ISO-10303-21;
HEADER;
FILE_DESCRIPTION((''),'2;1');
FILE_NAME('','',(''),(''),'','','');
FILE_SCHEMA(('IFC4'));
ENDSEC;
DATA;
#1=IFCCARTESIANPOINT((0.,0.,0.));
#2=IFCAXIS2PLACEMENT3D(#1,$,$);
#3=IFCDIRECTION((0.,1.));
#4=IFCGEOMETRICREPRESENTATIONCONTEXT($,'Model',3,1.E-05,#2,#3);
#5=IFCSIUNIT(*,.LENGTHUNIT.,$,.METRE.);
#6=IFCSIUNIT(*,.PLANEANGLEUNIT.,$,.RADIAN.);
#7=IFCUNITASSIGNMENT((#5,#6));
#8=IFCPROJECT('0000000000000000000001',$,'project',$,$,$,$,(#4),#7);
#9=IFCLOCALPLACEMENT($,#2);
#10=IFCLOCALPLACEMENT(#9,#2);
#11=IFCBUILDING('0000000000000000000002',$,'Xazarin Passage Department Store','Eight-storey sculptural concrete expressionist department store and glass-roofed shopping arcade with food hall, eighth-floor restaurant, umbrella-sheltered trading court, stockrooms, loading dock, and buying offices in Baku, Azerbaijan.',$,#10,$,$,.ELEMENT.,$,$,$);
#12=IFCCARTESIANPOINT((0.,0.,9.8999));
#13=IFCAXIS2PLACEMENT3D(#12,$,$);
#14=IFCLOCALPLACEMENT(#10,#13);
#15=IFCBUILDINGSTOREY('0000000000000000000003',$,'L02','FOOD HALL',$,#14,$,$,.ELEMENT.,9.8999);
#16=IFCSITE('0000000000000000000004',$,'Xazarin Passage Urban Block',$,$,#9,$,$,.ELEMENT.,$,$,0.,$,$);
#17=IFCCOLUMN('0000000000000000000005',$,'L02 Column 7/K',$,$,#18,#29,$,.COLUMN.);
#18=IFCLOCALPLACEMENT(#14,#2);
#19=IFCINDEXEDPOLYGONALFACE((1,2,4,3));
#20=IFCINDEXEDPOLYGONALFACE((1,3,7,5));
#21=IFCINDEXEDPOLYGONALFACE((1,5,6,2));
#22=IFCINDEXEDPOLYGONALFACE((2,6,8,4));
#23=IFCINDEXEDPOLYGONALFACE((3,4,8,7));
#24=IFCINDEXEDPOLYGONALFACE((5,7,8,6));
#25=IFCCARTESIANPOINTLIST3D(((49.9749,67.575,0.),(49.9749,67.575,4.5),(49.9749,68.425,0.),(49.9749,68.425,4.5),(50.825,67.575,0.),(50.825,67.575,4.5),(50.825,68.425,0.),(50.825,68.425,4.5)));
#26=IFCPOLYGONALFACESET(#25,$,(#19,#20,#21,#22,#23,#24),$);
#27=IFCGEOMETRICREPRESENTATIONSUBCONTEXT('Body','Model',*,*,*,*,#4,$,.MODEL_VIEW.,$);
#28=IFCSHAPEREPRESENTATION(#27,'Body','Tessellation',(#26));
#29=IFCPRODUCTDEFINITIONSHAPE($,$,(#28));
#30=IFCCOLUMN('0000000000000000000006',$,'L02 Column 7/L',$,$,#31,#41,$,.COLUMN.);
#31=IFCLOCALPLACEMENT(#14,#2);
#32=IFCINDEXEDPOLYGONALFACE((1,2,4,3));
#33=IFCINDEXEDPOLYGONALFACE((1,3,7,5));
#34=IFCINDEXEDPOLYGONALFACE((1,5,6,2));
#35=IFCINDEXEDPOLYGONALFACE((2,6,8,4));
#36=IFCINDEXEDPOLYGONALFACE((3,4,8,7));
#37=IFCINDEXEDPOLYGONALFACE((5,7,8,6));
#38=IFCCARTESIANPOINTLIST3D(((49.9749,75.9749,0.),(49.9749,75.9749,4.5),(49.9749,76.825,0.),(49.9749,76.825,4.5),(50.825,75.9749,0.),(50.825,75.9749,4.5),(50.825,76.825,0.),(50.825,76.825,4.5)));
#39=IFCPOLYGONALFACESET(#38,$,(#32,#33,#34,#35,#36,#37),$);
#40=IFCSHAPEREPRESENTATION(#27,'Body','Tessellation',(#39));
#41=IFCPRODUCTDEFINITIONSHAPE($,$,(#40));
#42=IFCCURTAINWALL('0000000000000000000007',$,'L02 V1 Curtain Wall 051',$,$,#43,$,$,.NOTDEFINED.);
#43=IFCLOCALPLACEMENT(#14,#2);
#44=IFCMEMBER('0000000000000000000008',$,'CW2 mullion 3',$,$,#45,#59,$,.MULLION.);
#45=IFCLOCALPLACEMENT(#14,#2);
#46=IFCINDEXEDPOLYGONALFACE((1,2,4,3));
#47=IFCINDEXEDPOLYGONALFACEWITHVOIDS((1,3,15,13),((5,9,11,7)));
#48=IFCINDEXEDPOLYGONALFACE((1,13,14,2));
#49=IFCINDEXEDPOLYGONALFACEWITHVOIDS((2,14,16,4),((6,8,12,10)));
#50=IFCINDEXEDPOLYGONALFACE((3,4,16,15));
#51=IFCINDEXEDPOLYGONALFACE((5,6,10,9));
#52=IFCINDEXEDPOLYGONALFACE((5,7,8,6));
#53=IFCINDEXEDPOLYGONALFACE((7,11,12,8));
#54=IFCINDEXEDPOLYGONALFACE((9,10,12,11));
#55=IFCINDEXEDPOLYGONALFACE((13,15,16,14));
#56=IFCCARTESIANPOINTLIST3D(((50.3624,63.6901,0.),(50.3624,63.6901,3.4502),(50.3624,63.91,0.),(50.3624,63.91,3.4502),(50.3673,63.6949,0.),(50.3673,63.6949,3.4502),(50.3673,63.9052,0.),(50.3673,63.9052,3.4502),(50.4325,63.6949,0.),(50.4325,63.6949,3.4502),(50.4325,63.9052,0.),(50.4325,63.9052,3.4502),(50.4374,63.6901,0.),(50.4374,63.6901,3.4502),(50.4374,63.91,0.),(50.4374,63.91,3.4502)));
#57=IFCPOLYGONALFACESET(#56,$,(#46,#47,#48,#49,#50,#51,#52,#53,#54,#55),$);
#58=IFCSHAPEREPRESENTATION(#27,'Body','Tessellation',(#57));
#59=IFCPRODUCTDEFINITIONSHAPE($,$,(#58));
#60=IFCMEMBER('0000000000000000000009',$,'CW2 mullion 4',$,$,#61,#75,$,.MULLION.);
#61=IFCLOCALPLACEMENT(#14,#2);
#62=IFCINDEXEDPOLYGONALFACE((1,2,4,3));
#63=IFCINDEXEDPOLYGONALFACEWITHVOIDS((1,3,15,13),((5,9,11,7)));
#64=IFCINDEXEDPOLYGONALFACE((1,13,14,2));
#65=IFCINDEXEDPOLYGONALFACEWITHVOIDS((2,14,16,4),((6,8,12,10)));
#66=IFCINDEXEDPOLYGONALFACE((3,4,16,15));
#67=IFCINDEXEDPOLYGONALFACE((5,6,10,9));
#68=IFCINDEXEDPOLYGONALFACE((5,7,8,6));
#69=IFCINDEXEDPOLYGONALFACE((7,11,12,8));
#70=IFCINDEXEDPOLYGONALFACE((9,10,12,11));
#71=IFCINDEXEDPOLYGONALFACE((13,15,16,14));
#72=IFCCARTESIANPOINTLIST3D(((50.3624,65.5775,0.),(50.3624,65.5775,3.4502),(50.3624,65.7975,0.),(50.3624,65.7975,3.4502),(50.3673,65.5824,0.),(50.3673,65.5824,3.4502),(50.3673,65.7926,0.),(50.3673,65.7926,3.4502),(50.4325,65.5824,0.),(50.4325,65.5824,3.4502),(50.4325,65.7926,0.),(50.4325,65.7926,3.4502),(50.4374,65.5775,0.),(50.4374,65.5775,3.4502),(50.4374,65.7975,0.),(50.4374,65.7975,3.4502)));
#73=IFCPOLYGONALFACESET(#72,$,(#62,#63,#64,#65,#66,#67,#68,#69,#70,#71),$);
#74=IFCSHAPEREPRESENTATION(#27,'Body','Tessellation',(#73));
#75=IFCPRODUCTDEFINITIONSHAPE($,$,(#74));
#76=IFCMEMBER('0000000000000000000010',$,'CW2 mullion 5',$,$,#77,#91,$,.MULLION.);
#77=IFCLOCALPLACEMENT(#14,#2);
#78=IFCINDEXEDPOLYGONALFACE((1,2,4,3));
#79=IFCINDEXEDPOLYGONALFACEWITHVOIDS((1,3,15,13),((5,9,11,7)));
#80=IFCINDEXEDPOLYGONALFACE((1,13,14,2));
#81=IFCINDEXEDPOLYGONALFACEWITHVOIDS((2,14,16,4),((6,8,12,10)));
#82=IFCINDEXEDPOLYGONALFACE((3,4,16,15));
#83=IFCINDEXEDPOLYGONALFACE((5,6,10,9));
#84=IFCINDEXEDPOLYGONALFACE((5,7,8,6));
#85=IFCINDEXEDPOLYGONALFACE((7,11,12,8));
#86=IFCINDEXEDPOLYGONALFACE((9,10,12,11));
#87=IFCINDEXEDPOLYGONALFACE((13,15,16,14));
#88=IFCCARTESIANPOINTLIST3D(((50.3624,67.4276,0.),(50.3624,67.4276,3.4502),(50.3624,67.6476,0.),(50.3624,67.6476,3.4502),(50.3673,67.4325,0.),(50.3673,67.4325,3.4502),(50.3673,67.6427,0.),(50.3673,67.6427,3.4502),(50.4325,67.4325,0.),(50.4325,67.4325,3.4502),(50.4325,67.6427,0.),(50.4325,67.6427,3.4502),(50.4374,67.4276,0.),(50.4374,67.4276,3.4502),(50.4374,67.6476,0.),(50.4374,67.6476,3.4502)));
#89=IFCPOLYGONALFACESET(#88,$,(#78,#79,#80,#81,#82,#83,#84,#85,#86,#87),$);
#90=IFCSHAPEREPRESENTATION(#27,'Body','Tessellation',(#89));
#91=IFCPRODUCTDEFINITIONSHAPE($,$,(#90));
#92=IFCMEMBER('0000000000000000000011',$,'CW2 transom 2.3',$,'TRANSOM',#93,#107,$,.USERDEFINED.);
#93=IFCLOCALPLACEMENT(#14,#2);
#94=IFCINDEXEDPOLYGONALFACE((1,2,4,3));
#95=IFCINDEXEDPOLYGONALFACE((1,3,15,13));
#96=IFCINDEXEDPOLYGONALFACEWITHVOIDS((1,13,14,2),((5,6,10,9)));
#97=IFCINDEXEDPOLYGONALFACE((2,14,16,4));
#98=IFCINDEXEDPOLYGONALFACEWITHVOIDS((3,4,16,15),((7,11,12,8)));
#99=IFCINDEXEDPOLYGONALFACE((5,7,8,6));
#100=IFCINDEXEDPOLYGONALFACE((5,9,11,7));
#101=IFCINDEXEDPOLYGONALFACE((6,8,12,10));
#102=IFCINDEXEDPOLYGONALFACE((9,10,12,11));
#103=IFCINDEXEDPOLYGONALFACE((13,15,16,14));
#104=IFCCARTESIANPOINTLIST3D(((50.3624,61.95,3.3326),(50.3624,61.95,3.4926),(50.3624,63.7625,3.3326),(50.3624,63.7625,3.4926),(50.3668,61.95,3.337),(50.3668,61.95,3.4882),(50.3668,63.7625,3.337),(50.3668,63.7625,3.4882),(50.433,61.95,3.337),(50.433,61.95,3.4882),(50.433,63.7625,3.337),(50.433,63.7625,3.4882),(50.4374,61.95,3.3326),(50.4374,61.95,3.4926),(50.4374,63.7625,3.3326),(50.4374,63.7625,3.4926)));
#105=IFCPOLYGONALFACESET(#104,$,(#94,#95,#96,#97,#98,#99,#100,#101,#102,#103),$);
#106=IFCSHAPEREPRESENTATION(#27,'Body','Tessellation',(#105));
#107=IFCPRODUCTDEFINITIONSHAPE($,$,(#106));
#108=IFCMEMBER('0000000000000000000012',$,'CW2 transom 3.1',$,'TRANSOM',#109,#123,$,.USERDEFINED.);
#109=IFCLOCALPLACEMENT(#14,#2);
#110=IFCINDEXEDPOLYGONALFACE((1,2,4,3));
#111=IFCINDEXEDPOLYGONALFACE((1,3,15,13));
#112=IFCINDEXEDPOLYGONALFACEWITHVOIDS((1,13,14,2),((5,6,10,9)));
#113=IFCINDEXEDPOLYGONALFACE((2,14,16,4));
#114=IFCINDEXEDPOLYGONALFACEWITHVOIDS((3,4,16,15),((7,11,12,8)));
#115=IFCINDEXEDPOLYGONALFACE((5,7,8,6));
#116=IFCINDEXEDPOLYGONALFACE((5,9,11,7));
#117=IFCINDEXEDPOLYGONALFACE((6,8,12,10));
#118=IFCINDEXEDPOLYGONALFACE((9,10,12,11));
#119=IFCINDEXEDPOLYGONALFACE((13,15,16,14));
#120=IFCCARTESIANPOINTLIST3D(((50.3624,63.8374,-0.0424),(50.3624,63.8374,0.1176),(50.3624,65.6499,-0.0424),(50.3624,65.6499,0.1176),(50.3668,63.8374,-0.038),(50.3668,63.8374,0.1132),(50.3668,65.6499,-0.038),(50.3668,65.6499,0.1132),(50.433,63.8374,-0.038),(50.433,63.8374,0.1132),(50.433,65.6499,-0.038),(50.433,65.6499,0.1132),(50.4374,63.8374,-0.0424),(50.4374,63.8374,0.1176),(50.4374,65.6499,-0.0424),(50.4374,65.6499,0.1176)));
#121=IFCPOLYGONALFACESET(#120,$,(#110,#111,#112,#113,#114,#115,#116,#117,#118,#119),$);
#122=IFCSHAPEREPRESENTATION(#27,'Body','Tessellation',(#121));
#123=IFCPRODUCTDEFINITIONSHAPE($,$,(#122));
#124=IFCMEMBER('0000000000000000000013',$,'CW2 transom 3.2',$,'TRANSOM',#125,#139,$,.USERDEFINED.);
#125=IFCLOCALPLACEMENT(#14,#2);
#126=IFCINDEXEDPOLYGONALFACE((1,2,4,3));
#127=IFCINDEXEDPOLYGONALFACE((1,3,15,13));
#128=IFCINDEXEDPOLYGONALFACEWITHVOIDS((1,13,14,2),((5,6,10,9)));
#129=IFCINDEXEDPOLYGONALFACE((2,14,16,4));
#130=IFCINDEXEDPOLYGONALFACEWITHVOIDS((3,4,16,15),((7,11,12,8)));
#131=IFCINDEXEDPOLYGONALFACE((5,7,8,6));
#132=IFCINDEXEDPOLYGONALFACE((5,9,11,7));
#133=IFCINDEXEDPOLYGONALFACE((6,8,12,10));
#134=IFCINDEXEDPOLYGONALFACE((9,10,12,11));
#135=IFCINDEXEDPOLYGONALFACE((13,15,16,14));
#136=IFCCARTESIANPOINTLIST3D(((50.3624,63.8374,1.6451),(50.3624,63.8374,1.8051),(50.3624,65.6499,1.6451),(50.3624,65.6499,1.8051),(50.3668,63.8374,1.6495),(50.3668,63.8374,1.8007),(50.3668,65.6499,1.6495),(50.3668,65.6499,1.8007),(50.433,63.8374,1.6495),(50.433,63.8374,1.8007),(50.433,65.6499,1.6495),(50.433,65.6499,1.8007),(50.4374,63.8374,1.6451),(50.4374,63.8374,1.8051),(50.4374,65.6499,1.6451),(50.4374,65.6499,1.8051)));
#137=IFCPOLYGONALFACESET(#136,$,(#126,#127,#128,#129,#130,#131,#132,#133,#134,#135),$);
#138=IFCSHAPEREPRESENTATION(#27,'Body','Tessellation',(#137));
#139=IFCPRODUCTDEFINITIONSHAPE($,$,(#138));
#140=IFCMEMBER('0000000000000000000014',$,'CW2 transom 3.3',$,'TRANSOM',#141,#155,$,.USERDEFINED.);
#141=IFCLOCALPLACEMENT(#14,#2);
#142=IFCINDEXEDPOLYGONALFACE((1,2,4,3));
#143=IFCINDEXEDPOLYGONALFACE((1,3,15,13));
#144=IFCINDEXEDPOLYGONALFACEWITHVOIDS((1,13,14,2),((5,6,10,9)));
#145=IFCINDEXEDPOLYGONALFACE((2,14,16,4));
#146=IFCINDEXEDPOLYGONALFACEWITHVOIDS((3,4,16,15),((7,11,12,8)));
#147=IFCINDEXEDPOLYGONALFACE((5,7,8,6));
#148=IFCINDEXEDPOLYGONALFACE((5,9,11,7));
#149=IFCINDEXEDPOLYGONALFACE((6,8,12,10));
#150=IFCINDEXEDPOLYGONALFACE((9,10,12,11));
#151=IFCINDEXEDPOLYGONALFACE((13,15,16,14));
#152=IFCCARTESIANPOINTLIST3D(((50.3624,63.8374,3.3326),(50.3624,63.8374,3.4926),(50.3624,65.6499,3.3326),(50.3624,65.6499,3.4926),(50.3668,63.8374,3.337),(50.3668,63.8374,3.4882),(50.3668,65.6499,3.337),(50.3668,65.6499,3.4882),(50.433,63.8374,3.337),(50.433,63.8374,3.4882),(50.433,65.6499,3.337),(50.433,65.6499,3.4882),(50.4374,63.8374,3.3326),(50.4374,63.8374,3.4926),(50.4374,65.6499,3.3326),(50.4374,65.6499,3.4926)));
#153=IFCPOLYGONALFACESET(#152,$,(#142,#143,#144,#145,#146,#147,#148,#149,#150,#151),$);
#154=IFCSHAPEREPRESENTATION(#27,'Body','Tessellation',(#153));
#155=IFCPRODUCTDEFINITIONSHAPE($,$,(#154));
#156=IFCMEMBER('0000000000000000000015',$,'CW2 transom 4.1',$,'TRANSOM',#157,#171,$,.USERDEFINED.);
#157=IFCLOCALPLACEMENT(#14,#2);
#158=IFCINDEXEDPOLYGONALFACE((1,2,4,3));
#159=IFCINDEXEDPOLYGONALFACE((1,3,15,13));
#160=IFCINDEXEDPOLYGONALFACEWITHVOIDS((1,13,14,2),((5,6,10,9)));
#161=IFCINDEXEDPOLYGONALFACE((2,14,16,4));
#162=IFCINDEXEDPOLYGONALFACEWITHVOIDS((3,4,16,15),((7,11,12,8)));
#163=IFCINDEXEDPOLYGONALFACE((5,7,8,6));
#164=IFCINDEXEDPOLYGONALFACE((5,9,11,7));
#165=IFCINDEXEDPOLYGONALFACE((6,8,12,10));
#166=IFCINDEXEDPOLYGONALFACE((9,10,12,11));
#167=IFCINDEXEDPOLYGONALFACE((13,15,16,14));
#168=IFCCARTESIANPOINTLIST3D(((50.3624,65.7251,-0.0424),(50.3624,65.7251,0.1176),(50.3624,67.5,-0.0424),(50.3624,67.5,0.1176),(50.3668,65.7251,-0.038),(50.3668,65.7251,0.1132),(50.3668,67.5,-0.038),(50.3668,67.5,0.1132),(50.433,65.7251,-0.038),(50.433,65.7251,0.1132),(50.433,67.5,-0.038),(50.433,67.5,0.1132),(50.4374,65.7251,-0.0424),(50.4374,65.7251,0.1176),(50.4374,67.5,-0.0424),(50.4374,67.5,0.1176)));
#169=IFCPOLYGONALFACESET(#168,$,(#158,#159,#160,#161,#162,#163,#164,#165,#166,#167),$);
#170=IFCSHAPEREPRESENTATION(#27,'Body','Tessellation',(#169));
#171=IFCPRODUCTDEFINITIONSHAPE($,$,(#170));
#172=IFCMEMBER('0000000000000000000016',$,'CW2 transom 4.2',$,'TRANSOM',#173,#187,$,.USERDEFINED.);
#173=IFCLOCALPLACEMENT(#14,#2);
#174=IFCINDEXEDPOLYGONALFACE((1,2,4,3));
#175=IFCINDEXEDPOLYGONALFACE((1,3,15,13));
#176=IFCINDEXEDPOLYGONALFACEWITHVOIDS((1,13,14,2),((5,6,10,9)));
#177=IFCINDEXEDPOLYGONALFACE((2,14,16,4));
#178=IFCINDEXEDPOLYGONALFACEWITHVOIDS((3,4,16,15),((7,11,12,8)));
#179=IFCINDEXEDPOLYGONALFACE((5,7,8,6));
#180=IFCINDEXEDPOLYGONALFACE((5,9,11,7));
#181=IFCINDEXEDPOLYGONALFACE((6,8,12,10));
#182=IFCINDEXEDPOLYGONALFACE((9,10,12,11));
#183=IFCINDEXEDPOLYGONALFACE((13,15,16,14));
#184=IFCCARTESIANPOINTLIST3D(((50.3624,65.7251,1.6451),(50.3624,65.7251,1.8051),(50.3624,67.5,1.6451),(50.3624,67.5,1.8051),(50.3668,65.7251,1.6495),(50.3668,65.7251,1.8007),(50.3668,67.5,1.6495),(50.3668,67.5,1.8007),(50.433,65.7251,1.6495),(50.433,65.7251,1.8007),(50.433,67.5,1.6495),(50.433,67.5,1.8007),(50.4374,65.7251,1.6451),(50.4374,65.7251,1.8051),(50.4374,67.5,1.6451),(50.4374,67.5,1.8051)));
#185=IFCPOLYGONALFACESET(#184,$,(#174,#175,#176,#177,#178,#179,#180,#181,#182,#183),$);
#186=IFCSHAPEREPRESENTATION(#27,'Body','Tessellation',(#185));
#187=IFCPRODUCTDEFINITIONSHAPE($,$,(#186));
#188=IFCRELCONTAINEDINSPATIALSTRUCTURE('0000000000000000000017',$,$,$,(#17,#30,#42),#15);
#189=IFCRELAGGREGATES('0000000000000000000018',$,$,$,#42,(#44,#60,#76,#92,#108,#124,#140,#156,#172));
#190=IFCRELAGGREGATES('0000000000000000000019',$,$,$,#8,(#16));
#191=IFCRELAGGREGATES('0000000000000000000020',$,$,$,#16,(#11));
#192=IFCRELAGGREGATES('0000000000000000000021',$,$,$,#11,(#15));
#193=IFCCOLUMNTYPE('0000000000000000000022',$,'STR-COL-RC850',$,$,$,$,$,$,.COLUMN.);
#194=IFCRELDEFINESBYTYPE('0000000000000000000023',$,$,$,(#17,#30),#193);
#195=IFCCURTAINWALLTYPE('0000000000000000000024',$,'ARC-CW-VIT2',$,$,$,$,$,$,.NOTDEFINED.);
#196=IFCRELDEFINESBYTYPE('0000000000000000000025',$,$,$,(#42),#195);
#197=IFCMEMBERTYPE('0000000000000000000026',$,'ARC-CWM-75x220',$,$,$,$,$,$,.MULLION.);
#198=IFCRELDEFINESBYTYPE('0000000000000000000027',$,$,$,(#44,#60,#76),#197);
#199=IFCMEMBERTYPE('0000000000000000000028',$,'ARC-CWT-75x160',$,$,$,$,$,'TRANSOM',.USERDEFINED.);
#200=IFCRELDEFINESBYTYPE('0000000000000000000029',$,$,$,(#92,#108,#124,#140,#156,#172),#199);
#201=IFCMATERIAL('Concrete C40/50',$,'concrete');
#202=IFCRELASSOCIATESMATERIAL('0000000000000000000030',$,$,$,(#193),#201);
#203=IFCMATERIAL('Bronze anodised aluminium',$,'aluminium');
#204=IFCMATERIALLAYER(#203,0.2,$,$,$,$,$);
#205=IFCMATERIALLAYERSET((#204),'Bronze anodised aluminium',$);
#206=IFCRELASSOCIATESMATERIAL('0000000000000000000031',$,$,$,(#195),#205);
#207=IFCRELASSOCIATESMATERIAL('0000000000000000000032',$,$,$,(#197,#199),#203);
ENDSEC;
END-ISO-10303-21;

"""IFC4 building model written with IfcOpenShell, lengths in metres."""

from ifc_helpers import new_model, si_unit, direction, frame, origin, origin_2d, place, context, subcontext, project, spatial, rectangle, hollow_rectangle, extrude, material, layer, layer_set, material_profile, profile_set, type_object, element, aggregate, save


model = new_model("IFC4")

# Units and contexts
model_context = context("Model", 3, precision=1e-05, world=origin(), true_north=direction((0.0, 1.0)))
body_context = subcontext(model_context, "Body", "Model", "MODEL_VIEW")
ifc_project = project(units=[si_unit("LENGTHUNIT", "METRE"), si_unit("PLANEANGLEUNIT", "RADIAN")], contexts=[model_context])

# Site, building, storey
site_placement = place(None, origin())
site = spatial("IfcSite", under=ifc_project, at=site_placement, Name="Xazarin Passage Urban Block", CompositionType="ELEMENT", RefElevation=0.0)
building_placement = place(site_placement, origin())
building = spatial("IfcBuilding", under=site, at=building_placement, Name="Xazarin Passage Department Store", Description="Eight-storey sculptural concrete expressionist department store and glass-roofed shopping arcade with food hall, eighth-floor restaurant, umbrella-sheltered trading court, stockrooms, loading dock, and buying offices in Baku, Azerbaijan.", CompositionType="ELEMENT")
storey_placement = place(building_placement, frame((0.0, 0.0, 9.8999)))
storey = spatial("IfcBuildingStorey", under=building, at=storey_placement, Name="L02", Description="FOOD HALL", CompositionType="ELEMENT", Elevation=9.8999)

# Columns
ifc_material_1 = material(Name="Concrete C40/50", Category="concrete")
ifc_material_profile_1 = material_profile(ifc_material_1, rectangle(XDim=0.8501, YDim=0.8501, at=origin_2d()), Name="RC 850x850")
ifc_profile_set_1 = profile_set([ifc_material_profile_1], Name="Concrete C40/50")
column_type = type_object("IfcColumnType", Name="STR-COL-RC850", PredefinedType="COLUMN", material=ifc_profile_set_1)
for number, where, z_axis, x_axis, name in (
    (1, (50.3999, 68.0, 0.0), (0.0, 0.0, 1.0), (1.0, 0.0, 0.0), "L02 Column 7/K"),
    (2, (50.3999, 76.3999, 0.0), (0.0, 0.0, 1.0), (1.0, 0.0, 0.0), "L02 Column 7/L"),
):
    element("IfcColumn", number, at=place(storey_placement, frame(where, z_axis=z_axis, x_axis=x_axis)), inside=storey, type_object=column_type, Name=name, PredefinedType="COLUMN", context=body_context, shape_type="SweptSolid", body=[
        extrude(rectangle(XDim=0.8501, YDim=0.8501, at=origin_2d()), origin(), (0.0, 0.0, 1.0), 4.5),
    ])

# Curtain wall, members
ifc_material_2 = material(Name="Bronze anodised aluminium", Category="aluminium")
ifc_layer_1 = layer(ifc_material_2, 0.2)
ifc_layer_set_1 = layer_set([ifc_layer_1], Name="Bronze anodised aluminium")
curtain_wall_type = type_object("IfcCurtainWallType", Name="ARC-CW-VIT2", PredefinedType="NOTDEFINED", material=ifc_layer_set_1)
curtain_wall_placement = place(storey_placement, origin())
curtain_wall = element("IfcCurtainWall", 3, at=curtain_wall_placement, inside=storey, type_object=curtain_wall_type, Name="L02 V1 Curtain Wall 051", PredefinedType="NOTDEFINED")
ifc_material_profile_2 = material_profile(ifc_material_2, hollow_rectangle(XDim=0.075, YDim=0.22, WallThickness=0.0049, at=origin_2d()), Name="ALU 75x220")
ifc_profile_set_2 = profile_set([ifc_material_profile_2], Name="Bronze anodised aluminium")
member_type_1 = type_object("IfcMemberType", Name="ARC-CWM-75x220", PredefinedType="MULLION", material=ifc_profile_set_2)
member_1_placement = place(storey_placement, frame((50.3999, 63.8, 0.0), z_axis=(0.0, 0.0, 1.0), x_axis=(-1.0, 0.0, 0.0)))
member_1 = element("IfcMember", 4, at=member_1_placement, type_object=member_type_1, Name="CW2 mullion 3", PredefinedType="MULLION", context=body_context, shape_type="SweptSolid", body=[
    extrude(hollow_rectangle(XDim=0.075, YDim=0.22, WallThickness=0.0049, at=origin_2d()), origin(), (0.0, 0.0, 1.0), 3.4502),
])
member_2_placement = place(storey_placement, frame((50.3999, 65.6875, 0.0), z_axis=(0.0, 0.0, 1.0), x_axis=(-1.0, 0.0, 0.0)))
member_2 = element("IfcMember", 5, at=member_2_placement, type_object=member_type_1, Name="CW2 mullion 4", PredefinedType="MULLION", context=body_context, shape_type="SweptSolid", body=[
    extrude(hollow_rectangle(XDim=0.075, YDim=0.22, WallThickness=0.0049, at=origin_2d()), origin(), (0.0, 0.0, 1.0), 3.4502),
])
member_3_placement = place(storey_placement, frame((50.3999, 67.5376, 0.0), z_axis=(0.0, 0.0, 1.0), x_axis=(-1.0, 0.0, 0.0)))
member_3 = element("IfcMember", 6, at=member_3_placement, type_object=member_type_1, Name="CW2 mullion 5", PredefinedType="MULLION", context=body_context, shape_type="SweptSolid", body=[
    extrude(hollow_rectangle(XDim=0.075, YDim=0.22, WallThickness=0.0049, at=origin_2d()), origin(), (0.0, 0.0, 1.0), 3.4502),
])
ifc_material_profile_3 = material_profile(ifc_material_2, hollow_rectangle(XDim=0.075, YDim=0.1599, WallThickness=0.0044, at=origin_2d()), Name="ALU 75x160")
ifc_profile_set_3 = profile_set([ifc_material_profile_3], Name="Bronze anodised aluminium")
member_type_2 = type_object("IfcMemberType", Name="ARC-CWT-75x160", ElementType="TRANSOM", PredefinedType="USERDEFINED", material=ifc_profile_set_3)
member_4_placement = place(storey_placement, frame((50.3999, 61.95, 3.4126), z_axis=(0.0, 1.0, 0.0), x_axis=(-1.0, 0.0, 0.0)))
member_4 = element("IfcMember", 7, at=member_4_placement, type_object=member_type_2, Name="CW2 transom 2.3", ObjectType="TRANSOM", PredefinedType="USERDEFINED", context=body_context, shape_type="SweptSolid", body=[
    extrude(hollow_rectangle(XDim=0.075, YDim=0.1599, WallThickness=0.0044, at=origin_2d()), origin(), (0.0, 0.0, 1.0), 1.8125),
])
member_5_placement = place(storey_placement, frame((50.3999, 63.8374, 0.0376), z_axis=(0.0, 1.0, 0.0), x_axis=(-1.0, 0.0, 0.0)))
member_5 = element("IfcMember", 8, at=member_5_placement, type_object=member_type_2, Name="CW2 transom 3.1", ObjectType="TRANSOM", PredefinedType="USERDEFINED", context=body_context, shape_type="SweptSolid", body=[
    extrude(hollow_rectangle(XDim=0.075, YDim=0.1599, WallThickness=0.0044, at=origin_2d()), origin(), (0.0, 0.0, 1.0), 1.8125),
])
member_6_placement = place(storey_placement, frame((50.3999, 63.8374, 1.7251), z_axis=(0.0, 1.0, 0.0), x_axis=(-1.0, 0.0, 0.0)))
member_6 = element("IfcMember", 9, at=member_6_placement, type_object=member_type_2, Name="CW2 transom 3.2", ObjectType="TRANSOM", PredefinedType="USERDEFINED", context=body_context, shape_type="SweptSolid", body=[
    extrude(hollow_rectangle(XDim=0.075, YDim=0.1599, WallThickness=0.0044, at=origin_2d()), origin(), (0.0, 0.0, 1.0), 1.8125),
])
member_7_placement = place(storey_placement, frame((50.3999, 63.8374, 3.4126), z_axis=(0.0, 1.0, 0.0), x_axis=(-1.0, 0.0, 0.0)))
member_7 = element("IfcMember", 10, at=member_7_placement, type_object=member_type_2, Name="CW2 transom 3.3", ObjectType="TRANSOM", PredefinedType="USERDEFINED", context=body_context, shape_type="SweptSolid", body=[
    extrude(hollow_rectangle(XDim=0.075, YDim=0.1599, WallThickness=0.0044, at=origin_2d()), origin(), (0.0, 0.0, 1.0), 1.8125),
])
member_8_placement = place(storey_placement, frame((50.3999, 65.7251, 0.0376), z_axis=(0.0, 1.0, 0.0), x_axis=(-1.0, 0.0, 0.0)))
member_8 = element("IfcMember", 11, at=member_8_placement, type_object=member_type_2, Name="CW2 transom 4.1", ObjectType="TRANSOM", PredefinedType="USERDEFINED", context=body_context, shape_type="SweptSolid", body=[
    extrude(hollow_rectangle(XDim=0.075, YDim=0.1599, WallThickness=0.0044, at=origin_2d()), origin(), (0.0, 0.0, 1.0), 1.7749),
])
member_9_placement = place(storey_placement, frame((50.3999, 65.7251, 1.7251), z_axis=(0.0, 1.0, 0.0), x_axis=(-1.0, 0.0, 0.0)))
member_9 = element("IfcMember", 12, at=member_9_placement, type_object=member_type_2, Name="CW2 transom 4.2", ObjectType="TRANSOM", PredefinedType="USERDEFINED", context=body_context, shape_type="SweptSolid", body=[
    extrude(hollow_rectangle(XDim=0.075, YDim=0.1599, WallThickness=0.0044, at=origin_2d()), origin(), (0.0, 0.0, 1.0), 1.7749),
])

aggregate(curtain_wall, [member_1, member_2, member_3, member_4, member_5, member_6, member_7, member_8, member_9])

save(model, "model.ifc")
